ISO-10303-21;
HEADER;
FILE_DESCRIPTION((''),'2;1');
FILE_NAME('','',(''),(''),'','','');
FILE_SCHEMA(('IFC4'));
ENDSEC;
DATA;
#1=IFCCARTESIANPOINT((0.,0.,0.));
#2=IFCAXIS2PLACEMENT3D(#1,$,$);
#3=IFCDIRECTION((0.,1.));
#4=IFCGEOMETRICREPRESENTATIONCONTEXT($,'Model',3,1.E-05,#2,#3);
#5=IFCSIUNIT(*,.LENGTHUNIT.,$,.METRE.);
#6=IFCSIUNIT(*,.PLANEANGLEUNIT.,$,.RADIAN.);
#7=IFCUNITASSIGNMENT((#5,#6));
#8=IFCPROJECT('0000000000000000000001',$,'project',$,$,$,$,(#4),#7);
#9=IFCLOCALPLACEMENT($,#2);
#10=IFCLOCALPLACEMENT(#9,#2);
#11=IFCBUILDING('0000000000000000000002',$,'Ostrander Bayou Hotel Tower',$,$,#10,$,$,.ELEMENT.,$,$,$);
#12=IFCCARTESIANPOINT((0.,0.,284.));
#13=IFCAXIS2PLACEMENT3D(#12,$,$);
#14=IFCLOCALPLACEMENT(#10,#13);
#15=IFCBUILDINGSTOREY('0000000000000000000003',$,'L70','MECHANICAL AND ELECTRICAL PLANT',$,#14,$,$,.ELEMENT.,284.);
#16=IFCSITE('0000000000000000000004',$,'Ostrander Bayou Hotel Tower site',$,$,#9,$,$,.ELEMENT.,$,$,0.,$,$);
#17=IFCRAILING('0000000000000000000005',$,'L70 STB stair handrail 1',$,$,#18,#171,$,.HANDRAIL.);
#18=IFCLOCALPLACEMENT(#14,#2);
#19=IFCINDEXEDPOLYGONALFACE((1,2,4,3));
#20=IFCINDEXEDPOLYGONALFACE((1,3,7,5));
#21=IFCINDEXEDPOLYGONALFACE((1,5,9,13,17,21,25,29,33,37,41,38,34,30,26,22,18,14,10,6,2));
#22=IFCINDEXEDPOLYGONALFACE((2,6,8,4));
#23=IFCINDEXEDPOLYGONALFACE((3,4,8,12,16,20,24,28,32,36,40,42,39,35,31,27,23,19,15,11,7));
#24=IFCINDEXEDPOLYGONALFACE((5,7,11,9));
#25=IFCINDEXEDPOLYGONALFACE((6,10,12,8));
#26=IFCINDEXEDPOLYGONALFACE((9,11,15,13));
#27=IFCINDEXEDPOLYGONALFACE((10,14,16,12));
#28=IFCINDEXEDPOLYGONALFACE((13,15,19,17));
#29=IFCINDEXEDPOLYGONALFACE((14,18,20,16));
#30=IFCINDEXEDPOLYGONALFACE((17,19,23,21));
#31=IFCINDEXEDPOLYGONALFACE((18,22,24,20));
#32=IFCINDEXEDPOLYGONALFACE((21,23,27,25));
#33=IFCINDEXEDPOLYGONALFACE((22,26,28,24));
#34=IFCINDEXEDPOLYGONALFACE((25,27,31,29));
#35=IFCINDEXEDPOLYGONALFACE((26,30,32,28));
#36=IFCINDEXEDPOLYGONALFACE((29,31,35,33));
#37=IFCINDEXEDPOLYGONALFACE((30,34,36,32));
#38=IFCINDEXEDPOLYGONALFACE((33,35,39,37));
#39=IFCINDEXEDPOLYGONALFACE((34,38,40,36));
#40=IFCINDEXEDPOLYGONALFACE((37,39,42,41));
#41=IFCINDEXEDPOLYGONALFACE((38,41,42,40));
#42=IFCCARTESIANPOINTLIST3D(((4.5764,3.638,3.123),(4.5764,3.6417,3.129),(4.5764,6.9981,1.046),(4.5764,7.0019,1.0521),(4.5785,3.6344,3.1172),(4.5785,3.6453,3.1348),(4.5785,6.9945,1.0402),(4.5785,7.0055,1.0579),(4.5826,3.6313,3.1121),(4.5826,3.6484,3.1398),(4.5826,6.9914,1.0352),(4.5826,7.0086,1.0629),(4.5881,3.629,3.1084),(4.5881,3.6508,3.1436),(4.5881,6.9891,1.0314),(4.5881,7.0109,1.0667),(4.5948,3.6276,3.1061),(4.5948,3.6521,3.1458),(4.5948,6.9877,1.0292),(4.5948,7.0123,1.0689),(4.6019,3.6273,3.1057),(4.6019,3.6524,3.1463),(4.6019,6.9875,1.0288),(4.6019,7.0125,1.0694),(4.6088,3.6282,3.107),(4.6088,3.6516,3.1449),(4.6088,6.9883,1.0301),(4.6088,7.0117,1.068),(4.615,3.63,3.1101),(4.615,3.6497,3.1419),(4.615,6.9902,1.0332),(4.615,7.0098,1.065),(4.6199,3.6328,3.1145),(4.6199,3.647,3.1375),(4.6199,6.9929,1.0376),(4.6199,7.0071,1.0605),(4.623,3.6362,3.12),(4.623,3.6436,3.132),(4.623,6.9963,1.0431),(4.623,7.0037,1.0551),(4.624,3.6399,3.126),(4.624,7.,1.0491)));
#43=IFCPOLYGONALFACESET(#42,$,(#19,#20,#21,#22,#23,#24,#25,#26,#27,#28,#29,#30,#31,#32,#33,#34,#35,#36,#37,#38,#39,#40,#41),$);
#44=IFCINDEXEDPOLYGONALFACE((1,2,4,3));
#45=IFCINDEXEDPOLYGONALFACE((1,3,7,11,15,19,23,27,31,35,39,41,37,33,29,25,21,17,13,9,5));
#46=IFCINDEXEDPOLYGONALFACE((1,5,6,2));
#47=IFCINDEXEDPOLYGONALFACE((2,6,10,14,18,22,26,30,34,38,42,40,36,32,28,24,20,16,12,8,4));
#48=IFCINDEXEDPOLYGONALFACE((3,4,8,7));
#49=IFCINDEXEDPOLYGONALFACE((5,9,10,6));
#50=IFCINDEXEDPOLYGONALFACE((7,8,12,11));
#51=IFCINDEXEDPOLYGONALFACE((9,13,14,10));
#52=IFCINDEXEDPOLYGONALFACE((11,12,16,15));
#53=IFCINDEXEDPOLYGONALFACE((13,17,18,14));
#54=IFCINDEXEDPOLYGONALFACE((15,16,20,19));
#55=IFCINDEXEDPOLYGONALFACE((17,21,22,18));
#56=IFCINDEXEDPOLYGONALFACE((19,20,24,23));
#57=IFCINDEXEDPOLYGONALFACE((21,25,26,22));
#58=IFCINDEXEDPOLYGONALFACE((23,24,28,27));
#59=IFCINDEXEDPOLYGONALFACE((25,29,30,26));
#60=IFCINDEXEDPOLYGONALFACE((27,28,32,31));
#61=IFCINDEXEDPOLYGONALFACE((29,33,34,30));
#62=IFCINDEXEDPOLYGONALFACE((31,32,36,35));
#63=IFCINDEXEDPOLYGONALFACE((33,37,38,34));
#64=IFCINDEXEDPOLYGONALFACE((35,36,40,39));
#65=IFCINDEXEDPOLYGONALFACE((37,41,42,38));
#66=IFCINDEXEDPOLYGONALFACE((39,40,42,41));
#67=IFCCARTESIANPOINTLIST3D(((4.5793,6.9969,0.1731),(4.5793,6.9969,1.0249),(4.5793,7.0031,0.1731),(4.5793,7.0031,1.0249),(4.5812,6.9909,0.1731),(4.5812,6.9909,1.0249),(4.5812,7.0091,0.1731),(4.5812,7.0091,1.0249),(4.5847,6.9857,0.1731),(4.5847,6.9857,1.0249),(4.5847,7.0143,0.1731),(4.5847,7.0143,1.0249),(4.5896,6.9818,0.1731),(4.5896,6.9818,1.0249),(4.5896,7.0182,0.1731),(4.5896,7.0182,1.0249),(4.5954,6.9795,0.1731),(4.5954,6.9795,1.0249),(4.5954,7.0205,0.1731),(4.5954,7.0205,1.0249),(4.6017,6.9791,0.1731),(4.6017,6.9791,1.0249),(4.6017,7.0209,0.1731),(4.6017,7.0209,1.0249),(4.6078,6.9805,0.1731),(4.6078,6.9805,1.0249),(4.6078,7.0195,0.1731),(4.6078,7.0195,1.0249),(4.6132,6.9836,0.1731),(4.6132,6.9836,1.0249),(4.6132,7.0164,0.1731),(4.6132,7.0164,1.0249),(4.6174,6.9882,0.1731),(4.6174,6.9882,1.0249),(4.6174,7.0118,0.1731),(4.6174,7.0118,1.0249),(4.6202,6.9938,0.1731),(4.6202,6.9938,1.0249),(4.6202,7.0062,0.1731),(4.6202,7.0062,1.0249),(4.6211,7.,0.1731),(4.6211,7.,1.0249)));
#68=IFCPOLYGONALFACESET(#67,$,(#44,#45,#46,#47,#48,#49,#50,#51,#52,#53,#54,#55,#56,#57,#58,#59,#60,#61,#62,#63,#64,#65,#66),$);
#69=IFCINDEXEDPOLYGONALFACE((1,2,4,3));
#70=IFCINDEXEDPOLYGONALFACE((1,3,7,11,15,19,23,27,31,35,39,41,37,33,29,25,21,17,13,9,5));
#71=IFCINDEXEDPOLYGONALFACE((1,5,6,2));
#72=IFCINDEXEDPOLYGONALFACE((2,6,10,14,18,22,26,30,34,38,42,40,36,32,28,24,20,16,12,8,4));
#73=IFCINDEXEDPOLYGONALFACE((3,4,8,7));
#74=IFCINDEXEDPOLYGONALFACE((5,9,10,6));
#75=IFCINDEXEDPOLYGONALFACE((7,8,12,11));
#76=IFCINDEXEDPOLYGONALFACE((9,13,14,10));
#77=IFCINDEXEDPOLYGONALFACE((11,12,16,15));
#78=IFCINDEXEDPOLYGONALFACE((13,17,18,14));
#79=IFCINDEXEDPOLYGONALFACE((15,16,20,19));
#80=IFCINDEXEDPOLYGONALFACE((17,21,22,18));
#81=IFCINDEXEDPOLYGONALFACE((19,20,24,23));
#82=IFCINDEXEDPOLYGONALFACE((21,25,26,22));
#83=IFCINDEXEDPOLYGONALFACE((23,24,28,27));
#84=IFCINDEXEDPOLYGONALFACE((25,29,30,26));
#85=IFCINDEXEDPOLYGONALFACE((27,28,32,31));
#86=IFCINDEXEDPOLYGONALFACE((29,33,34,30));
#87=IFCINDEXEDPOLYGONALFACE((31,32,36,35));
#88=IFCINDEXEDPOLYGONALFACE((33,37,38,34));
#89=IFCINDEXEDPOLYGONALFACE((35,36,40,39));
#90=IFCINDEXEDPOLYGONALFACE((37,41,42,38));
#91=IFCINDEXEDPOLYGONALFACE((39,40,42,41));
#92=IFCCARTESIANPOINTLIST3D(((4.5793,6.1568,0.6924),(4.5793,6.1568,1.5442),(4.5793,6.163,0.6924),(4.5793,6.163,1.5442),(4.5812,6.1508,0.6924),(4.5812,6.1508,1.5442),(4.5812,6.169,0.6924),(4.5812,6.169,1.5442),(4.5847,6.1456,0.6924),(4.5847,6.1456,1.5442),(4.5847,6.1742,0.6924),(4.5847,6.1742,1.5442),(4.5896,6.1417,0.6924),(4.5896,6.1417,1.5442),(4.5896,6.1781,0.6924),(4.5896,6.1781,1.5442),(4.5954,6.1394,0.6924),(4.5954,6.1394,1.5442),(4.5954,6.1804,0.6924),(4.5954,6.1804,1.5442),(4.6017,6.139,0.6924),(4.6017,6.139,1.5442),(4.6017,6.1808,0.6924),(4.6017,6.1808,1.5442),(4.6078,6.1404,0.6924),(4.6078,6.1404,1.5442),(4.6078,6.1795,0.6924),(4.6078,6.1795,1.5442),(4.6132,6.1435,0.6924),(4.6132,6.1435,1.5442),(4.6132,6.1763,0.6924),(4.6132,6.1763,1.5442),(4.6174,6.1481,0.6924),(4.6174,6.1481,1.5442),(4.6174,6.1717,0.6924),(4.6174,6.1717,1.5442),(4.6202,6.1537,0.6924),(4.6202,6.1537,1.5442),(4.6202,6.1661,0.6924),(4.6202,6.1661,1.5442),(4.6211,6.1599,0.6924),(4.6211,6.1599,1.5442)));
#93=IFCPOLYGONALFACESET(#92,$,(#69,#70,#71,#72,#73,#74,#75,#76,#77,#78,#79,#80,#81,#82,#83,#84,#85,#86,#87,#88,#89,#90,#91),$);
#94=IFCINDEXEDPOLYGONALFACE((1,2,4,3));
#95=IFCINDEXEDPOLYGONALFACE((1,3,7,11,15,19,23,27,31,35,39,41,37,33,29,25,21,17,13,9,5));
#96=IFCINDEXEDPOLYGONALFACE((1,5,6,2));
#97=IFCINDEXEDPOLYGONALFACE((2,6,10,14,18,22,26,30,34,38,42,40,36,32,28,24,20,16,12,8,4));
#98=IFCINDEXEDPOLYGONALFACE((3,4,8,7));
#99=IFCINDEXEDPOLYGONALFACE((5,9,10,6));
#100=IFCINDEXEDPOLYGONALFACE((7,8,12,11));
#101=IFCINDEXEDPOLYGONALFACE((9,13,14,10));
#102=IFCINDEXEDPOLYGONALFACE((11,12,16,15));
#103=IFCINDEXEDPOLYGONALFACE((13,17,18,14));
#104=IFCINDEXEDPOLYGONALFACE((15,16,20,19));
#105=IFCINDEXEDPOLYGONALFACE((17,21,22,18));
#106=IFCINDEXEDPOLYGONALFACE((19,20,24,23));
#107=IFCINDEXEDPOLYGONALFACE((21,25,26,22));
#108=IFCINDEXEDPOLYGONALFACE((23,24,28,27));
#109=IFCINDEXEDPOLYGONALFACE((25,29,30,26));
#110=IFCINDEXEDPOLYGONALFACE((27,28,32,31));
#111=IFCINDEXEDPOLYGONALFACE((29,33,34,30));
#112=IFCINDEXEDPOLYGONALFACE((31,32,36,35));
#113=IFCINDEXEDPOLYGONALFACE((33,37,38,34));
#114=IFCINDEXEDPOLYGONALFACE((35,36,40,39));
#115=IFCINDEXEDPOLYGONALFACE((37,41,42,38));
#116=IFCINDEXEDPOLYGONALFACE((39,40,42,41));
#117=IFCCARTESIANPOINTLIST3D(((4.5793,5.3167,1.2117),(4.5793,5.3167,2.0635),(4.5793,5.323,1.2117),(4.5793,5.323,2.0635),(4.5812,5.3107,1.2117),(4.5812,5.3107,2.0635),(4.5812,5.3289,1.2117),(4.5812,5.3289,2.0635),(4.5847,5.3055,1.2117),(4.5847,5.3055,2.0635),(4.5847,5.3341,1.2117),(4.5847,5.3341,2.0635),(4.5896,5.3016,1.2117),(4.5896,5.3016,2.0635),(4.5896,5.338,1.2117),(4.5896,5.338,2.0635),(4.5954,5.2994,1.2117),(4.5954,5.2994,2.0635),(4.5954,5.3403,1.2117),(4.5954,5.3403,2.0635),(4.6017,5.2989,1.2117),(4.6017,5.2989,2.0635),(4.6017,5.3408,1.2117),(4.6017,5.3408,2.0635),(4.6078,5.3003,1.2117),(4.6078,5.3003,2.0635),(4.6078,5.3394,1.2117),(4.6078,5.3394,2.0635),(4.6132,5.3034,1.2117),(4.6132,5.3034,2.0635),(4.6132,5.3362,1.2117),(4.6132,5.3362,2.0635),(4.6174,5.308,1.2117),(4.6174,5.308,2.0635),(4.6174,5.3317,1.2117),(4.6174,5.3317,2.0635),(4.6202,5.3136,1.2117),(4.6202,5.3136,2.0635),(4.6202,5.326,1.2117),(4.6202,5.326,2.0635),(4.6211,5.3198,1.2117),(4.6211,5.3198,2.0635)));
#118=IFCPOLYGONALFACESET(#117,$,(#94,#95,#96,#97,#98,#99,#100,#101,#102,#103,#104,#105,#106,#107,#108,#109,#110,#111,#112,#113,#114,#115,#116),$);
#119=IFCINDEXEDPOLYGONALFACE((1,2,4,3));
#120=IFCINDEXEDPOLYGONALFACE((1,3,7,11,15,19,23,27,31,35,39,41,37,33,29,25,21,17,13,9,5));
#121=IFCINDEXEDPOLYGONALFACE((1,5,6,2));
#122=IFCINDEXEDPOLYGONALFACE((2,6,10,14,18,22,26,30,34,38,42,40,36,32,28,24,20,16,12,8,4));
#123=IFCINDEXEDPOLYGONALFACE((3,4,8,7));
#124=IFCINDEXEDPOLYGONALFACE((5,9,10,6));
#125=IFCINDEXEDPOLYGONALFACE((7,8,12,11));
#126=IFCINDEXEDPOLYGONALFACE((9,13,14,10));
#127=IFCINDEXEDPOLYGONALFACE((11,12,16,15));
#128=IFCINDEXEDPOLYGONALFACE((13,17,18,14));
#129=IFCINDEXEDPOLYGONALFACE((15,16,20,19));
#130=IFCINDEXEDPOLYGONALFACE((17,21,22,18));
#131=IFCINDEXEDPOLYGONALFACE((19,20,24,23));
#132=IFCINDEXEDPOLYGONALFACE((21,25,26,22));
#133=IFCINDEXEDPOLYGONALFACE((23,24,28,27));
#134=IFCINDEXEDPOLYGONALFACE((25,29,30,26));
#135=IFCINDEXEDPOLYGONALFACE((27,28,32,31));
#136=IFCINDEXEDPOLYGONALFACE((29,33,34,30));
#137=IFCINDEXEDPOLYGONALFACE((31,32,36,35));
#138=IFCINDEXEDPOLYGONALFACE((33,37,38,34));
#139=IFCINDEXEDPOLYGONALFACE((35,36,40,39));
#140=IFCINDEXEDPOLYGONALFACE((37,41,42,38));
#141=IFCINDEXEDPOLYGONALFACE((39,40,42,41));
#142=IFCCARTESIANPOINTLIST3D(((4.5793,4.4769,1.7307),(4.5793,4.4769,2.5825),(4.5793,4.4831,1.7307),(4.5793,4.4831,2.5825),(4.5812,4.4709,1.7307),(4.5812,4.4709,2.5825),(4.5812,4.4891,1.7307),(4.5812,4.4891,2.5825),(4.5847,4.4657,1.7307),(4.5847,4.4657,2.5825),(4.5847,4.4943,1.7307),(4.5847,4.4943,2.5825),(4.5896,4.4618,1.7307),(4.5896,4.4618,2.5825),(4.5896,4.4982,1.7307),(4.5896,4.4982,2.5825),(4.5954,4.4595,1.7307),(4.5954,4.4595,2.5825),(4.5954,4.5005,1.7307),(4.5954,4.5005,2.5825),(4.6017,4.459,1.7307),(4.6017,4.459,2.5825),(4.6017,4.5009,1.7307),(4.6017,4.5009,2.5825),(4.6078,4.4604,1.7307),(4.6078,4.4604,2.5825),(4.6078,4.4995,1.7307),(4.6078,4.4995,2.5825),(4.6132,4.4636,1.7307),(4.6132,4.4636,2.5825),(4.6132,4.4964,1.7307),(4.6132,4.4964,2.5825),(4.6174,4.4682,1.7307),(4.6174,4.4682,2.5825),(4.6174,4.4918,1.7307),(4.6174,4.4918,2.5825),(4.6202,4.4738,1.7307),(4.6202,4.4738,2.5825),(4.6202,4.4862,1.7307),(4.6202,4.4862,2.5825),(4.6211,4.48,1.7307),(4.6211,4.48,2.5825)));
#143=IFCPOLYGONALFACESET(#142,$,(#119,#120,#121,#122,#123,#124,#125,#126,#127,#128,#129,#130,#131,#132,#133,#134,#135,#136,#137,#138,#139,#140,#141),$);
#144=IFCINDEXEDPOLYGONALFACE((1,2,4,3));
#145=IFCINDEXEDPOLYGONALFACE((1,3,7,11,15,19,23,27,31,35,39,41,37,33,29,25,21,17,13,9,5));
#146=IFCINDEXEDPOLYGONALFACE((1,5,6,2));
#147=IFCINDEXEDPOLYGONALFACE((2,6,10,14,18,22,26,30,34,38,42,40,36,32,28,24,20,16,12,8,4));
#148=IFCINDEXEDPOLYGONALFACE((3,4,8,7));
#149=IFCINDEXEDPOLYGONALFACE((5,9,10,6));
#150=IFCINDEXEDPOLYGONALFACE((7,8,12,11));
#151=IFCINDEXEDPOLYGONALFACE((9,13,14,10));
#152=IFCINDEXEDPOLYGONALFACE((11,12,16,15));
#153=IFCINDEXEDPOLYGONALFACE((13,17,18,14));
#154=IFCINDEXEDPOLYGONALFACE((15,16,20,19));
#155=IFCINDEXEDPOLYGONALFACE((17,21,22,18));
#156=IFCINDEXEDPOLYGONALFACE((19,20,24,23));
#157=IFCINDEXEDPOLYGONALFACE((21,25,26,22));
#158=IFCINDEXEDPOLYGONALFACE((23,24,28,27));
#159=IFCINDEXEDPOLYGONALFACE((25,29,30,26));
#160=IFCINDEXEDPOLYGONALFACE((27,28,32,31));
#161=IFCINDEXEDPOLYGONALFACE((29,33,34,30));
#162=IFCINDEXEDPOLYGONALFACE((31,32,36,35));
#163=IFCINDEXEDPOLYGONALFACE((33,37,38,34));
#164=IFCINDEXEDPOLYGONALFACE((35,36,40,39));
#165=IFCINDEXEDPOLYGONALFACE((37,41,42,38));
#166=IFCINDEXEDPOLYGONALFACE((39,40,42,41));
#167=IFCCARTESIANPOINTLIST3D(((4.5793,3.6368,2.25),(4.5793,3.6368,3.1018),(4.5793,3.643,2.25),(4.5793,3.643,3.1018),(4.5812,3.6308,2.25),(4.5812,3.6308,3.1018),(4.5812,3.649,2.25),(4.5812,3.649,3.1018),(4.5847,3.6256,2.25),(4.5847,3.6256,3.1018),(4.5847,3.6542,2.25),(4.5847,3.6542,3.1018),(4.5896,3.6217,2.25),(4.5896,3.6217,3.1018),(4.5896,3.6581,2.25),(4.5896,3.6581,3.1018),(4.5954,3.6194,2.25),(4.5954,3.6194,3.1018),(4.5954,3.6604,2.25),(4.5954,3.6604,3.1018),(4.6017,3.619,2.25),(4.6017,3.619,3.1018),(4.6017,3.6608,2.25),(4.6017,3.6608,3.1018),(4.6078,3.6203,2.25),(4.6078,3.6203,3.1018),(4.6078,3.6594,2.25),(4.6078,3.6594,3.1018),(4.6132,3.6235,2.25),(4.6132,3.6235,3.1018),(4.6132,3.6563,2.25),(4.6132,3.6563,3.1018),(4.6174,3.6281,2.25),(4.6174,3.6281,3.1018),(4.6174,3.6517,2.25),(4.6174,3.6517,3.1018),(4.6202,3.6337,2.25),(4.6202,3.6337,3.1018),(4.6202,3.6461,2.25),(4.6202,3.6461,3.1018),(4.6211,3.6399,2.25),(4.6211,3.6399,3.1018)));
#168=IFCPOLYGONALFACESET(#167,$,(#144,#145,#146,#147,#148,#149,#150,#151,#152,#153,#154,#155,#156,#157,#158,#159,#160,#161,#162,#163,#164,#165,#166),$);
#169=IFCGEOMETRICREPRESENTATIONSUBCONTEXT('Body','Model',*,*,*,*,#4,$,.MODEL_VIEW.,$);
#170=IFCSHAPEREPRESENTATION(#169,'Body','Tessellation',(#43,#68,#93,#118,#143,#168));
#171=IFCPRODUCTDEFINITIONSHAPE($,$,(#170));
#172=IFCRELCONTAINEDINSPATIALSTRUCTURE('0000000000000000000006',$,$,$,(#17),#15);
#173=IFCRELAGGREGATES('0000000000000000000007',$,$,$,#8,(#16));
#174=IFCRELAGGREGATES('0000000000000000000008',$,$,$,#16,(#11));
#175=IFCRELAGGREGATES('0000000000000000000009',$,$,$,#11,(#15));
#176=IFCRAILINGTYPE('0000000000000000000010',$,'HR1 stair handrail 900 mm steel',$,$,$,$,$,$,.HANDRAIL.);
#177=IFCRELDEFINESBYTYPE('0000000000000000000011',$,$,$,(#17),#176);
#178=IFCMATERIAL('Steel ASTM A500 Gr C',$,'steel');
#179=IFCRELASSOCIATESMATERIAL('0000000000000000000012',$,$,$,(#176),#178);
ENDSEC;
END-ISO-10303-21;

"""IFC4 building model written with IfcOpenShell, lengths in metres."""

from ifc_helpers import new_model, si_unit, direction, frame, origin, origin_2d, place, context, subcontext, project, spatial, circle, extrude, material, type_object, element, save


model = new_model("IFC4")

# Units and contexts
model_context = context("Model", 3, precision=1e-05, world=origin(), true_north=direction((0.0, 1.0)))
body_context = subcontext(model_context, "Body", "Model", "MODEL_VIEW")
ifc_project = project(units=[si_unit("LENGTHUNIT", "METRE"), si_unit("PLANEANGLEUNIT", "RADIAN")], contexts=[model_context])

# Site, building, storey
site_placement = place(None, origin())
site = spatial("IfcSite", under=ifc_project, at=site_placement, Name="Ostrander Bayou Hotel Tower site", CompositionType="ELEMENT", RefElevation=0.0)
building_placement = place(site_placement, origin())
building = spatial("IfcBuilding", under=site, at=building_placement, Name="Ostrander Bayou Hotel Tower", CompositionType="ELEMENT")
storey_placement = place(building_placement, frame((0.0, 0.0, 284.0)))
storey = spatial("IfcBuildingStorey", under=building, at=storey_placement, Name="L70", Description="MECHANICAL AND ELECTRICAL PLANT", CompositionType="ELEMENT", Elevation=284.0)

# Railing
ifc_material_1 = material(Name="Steel ASTM A500 Gr C", Category="steel")
railing_type_1 = type_object("IfcRailingType", Name="HR1 stair handrail 900 mm steel", PredefinedType="HANDRAIL", material=ifc_material_1)
railing_1_placement = place(storey_placement, frame((4.6001, 7.0, 0.1731)))
element("IfcRailing", 1, at=railing_1_placement, inside=storey, type_object=railing_type_1, Name="L70 STB stair handrail 1", PredefinedType="HANDRAIL", context=body_context, shape_type="SweptSolid", body=[
    extrude(circle(Radius=0.0239, at=origin_2d()), frame((0.0, 0.0, 0.876), z_axis=(0.0, -0.850623, 0.525776), x_axis=(1.0, 0.0, 0.0)), (0.0, 0.0, 1.0), 3.9502),
    extrude(circle(Radius=0.021, at=origin_2d()), origin(), (0.0, 0.0, 1.0), 0.8518),
    extrude(circle(Radius=0.021, at=origin_2d()), frame((0.0, -0.8401, 0.5193)), (0.0, 0.0, 1.0), 0.8518),
    extrude(circle(Radius=0.021, at=origin_2d()), frame((0.0, -1.6802, 1.0386)), (0.0, 0.0, 1.0), 0.8518),
    extrude(circle(Radius=0.021, at=origin_2d()), frame((0.0, -2.52, 1.5576)), (0.0, 0.0, 1.0), 0.8518),
    extrude(circle(Radius=0.021, at=origin_2d()), frame((0.0, -3.3601, 2.0769)), (0.0, 0.0, 1.0), 0.8518),
])

save(model, "model.ifc")
